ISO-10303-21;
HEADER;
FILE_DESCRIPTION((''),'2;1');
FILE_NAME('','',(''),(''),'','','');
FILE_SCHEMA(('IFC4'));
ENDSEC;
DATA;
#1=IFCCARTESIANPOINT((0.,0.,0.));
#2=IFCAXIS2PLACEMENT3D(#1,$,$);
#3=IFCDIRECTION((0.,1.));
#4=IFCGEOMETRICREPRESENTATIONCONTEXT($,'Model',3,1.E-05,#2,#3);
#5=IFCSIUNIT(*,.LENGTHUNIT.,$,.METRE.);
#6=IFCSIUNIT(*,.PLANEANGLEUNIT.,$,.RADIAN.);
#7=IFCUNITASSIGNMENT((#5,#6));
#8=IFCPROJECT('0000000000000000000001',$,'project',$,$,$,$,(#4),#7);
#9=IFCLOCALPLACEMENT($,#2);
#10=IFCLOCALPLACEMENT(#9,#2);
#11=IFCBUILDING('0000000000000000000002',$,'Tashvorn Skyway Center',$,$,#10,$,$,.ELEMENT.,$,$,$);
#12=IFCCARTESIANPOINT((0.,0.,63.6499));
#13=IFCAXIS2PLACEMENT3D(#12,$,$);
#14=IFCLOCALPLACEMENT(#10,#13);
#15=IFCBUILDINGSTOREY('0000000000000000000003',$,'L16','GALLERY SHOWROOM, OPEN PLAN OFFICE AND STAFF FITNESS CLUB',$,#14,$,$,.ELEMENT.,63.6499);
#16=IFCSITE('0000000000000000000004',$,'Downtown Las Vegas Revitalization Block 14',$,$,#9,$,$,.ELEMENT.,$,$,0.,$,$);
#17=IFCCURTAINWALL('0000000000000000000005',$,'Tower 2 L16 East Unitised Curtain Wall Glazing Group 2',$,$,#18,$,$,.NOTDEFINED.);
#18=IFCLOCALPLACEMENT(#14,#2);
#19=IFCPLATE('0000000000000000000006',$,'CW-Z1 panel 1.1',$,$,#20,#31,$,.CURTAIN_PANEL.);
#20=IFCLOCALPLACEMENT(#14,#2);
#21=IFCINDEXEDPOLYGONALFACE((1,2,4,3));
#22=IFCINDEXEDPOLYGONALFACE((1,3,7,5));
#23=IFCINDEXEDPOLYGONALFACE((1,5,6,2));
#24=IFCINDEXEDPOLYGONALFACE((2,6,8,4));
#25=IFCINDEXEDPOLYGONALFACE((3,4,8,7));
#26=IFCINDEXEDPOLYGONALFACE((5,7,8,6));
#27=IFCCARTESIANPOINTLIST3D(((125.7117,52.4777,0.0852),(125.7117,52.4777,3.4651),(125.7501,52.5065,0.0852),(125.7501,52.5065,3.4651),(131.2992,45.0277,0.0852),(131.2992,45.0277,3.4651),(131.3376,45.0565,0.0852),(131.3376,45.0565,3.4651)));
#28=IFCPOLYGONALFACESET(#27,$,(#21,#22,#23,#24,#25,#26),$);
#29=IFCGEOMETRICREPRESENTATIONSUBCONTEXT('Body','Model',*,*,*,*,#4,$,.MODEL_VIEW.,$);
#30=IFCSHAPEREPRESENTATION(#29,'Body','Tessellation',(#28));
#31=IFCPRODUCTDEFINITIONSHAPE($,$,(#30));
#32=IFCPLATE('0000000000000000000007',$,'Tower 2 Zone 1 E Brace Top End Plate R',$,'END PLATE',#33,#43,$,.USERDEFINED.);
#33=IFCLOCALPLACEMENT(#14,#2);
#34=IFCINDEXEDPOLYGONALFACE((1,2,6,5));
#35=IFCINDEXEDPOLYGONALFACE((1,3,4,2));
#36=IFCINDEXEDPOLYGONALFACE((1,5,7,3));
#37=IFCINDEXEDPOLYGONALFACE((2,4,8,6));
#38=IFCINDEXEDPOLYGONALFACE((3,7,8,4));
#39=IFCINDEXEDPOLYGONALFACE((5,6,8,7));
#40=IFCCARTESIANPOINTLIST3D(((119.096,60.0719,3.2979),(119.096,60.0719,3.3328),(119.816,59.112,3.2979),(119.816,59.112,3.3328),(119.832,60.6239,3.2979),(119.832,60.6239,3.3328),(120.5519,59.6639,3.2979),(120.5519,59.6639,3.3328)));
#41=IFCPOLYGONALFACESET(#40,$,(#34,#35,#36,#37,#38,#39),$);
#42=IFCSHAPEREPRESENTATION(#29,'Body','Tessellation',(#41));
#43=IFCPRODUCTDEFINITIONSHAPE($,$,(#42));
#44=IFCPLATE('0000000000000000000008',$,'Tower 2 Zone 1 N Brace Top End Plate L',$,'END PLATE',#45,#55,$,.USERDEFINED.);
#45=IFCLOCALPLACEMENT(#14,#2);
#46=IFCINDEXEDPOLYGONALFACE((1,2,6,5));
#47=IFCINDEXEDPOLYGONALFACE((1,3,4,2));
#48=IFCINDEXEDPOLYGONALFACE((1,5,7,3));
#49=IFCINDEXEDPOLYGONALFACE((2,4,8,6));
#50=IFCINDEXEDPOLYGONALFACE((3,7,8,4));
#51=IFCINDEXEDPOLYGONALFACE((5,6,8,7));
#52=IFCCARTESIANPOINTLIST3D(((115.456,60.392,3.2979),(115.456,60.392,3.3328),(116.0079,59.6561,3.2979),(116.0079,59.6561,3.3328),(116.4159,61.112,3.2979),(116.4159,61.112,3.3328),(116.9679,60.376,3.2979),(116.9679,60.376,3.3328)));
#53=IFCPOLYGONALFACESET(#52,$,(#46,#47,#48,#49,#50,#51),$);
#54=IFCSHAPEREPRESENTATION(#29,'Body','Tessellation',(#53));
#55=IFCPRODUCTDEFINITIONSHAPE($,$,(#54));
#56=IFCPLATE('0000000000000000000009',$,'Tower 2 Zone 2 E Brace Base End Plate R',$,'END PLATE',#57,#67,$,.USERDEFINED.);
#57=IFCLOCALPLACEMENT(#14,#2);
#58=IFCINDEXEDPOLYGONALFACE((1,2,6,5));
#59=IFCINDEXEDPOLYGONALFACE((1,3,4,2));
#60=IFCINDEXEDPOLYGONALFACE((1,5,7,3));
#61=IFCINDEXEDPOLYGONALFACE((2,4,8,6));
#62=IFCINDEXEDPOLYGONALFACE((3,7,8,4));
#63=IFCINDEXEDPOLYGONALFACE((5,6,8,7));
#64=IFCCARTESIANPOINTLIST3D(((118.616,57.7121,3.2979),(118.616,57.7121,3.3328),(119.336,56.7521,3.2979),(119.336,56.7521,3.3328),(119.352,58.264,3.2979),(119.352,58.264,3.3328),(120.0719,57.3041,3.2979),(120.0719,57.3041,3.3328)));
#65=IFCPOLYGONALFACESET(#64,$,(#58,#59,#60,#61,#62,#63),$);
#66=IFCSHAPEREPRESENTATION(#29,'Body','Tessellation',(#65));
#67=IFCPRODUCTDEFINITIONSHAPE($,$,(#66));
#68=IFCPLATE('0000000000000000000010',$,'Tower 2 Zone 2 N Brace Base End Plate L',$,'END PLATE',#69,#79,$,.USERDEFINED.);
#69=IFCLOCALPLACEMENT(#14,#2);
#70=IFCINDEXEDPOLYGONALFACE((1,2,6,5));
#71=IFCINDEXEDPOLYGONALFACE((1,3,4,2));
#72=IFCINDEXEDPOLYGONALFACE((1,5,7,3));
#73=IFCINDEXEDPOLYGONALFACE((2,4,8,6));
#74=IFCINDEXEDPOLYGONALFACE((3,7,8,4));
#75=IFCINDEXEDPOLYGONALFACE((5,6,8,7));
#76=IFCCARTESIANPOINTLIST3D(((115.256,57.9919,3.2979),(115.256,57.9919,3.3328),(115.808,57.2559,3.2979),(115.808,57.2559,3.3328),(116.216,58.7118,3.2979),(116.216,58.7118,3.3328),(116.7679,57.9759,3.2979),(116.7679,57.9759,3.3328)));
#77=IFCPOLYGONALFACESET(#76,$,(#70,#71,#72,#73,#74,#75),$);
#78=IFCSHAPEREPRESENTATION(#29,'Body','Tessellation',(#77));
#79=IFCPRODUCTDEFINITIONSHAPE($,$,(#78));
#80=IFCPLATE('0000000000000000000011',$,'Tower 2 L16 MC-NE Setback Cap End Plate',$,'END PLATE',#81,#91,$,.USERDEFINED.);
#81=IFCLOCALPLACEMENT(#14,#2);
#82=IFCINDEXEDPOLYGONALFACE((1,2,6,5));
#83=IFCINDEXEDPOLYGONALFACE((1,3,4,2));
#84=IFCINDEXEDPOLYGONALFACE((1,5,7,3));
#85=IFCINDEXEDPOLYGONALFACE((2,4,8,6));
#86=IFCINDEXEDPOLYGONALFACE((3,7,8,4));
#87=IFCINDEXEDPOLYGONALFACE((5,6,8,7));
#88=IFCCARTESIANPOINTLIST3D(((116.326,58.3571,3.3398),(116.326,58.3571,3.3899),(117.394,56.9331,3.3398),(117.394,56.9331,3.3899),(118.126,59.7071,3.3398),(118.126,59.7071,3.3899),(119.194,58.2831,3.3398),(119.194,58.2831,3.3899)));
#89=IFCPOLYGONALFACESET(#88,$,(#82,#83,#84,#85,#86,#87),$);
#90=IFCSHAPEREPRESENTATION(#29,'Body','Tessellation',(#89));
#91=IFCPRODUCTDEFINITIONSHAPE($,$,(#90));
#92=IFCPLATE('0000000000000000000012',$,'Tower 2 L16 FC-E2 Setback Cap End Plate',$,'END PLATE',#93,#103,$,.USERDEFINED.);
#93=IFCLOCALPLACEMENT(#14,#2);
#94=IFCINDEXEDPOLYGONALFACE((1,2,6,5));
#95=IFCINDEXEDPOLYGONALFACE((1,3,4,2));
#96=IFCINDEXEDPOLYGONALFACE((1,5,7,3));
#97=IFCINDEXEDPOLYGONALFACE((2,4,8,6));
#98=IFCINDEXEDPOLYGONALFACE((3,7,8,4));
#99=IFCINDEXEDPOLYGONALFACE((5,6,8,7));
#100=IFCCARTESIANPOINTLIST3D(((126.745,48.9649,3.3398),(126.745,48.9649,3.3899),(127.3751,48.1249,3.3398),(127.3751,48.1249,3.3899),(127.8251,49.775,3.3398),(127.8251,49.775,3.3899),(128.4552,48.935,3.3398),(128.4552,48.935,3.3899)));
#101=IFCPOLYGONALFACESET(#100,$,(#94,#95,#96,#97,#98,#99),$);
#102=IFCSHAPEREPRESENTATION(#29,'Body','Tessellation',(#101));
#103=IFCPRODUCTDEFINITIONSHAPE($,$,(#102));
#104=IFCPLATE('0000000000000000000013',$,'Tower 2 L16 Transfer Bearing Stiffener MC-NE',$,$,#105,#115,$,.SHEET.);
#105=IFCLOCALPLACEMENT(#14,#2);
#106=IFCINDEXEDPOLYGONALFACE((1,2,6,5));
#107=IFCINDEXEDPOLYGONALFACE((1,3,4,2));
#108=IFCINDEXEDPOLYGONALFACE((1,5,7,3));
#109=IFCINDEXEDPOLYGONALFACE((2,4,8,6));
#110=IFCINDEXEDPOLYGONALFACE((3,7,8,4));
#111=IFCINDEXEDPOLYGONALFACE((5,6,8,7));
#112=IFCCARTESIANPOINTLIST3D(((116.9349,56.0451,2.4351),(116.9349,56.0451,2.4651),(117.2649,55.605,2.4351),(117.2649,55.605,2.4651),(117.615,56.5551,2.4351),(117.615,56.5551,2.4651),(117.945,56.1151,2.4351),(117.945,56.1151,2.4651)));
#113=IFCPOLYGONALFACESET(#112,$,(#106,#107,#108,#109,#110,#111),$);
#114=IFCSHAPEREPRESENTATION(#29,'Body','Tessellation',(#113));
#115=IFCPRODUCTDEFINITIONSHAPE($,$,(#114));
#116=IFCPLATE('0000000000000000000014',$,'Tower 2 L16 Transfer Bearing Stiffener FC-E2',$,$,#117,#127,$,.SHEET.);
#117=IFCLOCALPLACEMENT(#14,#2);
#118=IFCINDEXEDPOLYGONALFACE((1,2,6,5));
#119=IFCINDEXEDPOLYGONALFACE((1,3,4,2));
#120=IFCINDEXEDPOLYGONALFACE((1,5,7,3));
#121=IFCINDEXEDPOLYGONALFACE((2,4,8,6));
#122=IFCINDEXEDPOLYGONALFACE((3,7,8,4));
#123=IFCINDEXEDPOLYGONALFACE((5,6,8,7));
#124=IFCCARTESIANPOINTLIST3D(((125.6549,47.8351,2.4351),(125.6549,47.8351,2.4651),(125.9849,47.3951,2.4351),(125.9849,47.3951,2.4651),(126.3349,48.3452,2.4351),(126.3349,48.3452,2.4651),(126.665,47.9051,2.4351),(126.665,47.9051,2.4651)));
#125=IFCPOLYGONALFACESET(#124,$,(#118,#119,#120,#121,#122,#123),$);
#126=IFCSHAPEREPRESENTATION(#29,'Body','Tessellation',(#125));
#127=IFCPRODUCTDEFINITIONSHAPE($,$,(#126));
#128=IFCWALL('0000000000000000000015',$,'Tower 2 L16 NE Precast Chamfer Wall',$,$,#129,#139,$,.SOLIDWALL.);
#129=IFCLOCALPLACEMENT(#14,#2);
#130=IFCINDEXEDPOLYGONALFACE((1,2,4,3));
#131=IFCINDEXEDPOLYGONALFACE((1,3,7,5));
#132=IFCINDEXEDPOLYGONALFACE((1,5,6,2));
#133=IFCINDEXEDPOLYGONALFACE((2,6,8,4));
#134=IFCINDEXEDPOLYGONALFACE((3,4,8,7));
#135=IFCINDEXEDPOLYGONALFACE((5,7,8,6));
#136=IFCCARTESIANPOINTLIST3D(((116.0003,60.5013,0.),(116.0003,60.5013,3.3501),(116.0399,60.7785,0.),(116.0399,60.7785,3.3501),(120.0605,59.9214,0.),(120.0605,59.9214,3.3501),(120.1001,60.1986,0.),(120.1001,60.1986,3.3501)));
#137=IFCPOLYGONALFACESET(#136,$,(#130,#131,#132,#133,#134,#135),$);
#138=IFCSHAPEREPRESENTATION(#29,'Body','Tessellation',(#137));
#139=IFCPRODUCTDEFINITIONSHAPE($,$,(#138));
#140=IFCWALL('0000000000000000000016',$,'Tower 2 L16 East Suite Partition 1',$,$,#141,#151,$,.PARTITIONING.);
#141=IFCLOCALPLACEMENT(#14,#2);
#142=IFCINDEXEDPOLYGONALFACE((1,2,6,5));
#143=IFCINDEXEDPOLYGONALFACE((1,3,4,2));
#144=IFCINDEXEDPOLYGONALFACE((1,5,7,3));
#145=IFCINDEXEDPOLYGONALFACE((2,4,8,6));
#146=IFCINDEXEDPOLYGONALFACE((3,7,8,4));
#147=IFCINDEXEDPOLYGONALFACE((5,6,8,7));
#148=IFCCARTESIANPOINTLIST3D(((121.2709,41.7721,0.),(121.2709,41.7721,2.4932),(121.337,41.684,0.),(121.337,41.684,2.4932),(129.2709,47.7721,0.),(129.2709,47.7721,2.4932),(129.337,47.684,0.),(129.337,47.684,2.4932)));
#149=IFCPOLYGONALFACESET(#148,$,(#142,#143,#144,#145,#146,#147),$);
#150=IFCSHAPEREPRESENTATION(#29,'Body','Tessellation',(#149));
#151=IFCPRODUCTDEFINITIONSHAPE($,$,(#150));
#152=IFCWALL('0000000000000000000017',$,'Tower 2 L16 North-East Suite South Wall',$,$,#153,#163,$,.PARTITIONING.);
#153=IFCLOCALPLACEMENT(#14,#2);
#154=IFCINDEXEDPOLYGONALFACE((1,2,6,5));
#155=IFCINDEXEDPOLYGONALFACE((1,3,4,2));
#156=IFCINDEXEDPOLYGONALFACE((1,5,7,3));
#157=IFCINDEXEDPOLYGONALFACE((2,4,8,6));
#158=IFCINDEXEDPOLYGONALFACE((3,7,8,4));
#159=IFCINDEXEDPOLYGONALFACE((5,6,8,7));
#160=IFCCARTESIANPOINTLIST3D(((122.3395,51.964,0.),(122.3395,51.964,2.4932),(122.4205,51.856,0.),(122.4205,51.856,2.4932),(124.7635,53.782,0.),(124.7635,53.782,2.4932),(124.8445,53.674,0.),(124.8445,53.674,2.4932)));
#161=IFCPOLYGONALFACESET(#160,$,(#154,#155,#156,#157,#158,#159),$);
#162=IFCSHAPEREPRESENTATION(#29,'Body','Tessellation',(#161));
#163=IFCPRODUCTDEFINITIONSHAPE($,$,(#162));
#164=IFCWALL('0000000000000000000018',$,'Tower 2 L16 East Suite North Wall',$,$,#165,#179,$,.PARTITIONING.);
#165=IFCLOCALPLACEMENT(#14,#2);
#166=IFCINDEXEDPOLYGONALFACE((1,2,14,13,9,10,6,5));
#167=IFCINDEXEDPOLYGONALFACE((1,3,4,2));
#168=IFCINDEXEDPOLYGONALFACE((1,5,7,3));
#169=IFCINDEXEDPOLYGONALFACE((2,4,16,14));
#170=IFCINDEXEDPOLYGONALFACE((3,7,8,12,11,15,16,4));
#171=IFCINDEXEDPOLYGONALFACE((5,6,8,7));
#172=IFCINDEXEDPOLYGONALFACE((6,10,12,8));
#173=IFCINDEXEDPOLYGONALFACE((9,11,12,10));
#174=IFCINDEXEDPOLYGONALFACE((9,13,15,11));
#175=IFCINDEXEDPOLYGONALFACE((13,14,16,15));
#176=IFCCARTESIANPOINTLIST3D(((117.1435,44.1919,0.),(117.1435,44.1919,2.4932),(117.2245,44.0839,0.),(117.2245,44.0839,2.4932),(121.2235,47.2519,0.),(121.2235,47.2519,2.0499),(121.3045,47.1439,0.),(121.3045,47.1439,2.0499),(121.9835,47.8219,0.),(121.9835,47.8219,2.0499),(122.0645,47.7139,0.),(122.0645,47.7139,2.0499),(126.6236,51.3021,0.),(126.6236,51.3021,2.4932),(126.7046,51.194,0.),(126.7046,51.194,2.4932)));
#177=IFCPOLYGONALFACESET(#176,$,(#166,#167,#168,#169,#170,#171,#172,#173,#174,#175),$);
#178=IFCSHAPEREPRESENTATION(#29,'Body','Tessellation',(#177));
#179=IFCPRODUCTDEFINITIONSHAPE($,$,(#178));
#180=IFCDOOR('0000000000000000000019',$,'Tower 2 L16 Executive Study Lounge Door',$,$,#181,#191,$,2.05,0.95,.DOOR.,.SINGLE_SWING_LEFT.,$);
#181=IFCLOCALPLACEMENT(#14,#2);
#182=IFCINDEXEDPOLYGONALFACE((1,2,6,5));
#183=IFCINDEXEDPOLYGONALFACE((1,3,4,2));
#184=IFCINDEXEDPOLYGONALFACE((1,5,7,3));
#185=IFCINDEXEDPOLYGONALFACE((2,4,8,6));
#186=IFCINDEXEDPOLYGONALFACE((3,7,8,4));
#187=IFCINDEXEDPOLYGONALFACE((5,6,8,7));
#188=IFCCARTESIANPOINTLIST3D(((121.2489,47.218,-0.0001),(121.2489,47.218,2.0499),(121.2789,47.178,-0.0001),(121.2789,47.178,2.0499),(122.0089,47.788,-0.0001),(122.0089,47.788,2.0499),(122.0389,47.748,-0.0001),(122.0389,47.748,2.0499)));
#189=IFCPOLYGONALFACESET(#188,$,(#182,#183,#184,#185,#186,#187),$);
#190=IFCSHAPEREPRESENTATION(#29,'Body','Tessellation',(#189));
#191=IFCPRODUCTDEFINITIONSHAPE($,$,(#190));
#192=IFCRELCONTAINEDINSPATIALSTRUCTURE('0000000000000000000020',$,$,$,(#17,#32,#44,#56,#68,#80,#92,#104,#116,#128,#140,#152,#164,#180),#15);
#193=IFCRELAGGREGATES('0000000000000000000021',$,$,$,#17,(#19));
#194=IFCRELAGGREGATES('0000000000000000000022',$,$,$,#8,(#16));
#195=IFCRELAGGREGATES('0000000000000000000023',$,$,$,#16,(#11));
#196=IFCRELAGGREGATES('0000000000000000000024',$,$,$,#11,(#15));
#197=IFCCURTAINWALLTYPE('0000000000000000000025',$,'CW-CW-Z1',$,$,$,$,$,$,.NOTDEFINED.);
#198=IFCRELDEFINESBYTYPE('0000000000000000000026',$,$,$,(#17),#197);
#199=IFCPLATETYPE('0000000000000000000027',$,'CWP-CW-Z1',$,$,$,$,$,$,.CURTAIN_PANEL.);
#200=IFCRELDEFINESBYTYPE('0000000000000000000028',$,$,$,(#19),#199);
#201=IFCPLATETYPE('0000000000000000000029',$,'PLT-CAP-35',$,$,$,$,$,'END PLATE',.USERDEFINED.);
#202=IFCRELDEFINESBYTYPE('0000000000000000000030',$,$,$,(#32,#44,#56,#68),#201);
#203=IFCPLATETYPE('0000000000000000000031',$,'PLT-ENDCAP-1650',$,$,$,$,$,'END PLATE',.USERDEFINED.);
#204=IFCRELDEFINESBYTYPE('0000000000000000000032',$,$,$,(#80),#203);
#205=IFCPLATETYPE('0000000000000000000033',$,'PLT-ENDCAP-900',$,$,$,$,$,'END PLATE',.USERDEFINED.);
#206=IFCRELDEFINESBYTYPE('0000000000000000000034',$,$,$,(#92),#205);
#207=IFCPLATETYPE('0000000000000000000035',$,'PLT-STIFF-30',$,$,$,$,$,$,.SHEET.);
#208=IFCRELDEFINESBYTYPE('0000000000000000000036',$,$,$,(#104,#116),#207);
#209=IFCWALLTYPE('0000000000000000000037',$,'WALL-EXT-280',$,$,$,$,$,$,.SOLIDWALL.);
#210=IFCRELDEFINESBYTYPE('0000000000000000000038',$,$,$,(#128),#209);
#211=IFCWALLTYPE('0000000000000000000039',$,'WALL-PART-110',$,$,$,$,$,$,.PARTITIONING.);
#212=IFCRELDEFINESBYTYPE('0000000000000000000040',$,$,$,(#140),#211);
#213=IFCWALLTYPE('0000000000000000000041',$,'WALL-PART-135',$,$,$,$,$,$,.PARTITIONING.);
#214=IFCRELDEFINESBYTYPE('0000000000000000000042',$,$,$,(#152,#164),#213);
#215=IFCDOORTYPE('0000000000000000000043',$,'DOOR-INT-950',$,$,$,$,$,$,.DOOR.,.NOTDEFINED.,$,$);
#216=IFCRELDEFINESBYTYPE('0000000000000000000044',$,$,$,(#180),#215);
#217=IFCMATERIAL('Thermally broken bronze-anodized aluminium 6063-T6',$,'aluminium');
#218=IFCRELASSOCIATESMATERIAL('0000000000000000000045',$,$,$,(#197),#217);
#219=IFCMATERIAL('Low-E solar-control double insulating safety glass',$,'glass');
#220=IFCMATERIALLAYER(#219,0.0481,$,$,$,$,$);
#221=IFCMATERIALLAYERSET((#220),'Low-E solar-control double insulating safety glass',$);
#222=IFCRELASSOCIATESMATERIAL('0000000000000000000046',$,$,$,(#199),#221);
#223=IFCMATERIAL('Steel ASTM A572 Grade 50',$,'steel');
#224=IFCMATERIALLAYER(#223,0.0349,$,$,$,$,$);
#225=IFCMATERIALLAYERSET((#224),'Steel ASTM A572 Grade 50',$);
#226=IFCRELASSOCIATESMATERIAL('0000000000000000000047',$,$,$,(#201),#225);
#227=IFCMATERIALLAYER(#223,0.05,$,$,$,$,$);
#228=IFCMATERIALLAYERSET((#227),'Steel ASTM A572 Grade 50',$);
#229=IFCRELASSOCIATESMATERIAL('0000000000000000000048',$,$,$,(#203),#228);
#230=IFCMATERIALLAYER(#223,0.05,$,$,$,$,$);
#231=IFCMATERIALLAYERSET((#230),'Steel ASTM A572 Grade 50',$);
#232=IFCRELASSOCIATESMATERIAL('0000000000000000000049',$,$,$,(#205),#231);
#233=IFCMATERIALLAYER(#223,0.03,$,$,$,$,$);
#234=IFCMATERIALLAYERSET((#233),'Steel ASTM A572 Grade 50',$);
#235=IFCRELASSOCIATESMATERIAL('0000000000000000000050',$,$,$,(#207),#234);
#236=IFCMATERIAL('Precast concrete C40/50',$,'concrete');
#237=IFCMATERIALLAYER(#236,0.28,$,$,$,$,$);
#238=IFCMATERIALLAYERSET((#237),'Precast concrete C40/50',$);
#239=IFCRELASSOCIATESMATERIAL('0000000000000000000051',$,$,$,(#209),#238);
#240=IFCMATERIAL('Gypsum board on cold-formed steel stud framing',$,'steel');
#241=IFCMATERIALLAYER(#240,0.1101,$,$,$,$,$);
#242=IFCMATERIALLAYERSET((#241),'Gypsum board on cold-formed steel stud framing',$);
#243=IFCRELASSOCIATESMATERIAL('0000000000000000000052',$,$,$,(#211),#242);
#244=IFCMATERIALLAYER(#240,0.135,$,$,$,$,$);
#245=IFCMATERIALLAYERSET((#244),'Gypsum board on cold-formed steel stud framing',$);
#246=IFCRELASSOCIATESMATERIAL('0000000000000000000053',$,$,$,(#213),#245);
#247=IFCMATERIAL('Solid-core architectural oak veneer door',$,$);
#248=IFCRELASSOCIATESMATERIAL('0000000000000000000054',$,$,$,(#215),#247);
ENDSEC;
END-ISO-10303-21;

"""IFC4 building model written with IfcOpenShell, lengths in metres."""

from ifc_helpers import new_model, si_unit, direction, frame, frame_2d, origin, origin_2d, place, context, subcontext, project, spatial, rectangle, extrude, material, layer, layer_set, type_object, element, fill, aggregate, save


model = new_model("IFC4")

# Units and contexts
model_context = context("Model", 3, precision=1e-05, world=origin(), true_north=direction((0.0, 1.0)))
body_context = subcontext(model_context, "Body", "Model", "MODEL_VIEW")
ifc_project = project(units=[si_unit("LENGTHUNIT", "METRE"), si_unit("PLANEANGLEUNIT", "RADIAN")], contexts=[model_context])

# Site, building, storey
site_placement = place(None, origin())
site = spatial("IfcSite", under=ifc_project, at=site_placement, Name="Downtown Las Vegas Revitalization Block 14", CompositionType="ELEMENT", RefElevation=0.0)
building_placement = place(site_placement, origin())
building = spatial("IfcBuilding", under=site, at=building_placement, Name="Tashvorn Skyway Center", CompositionType="ELEMENT")
storey_placement = place(building_placement, frame((0.0, 0.0, 63.6499)))
storey = spatial("IfcBuildingStorey", under=building, at=storey_placement, Name="L16", Description="GALLERY SHOWROOM, OPEN PLAN OFFICE AND STAFF FITNESS CLUB", CompositionType="ELEMENT", Elevation=63.6499)

# Shared definitions
ifc_material_1 = material(Name="Steel ASTM A572 Grade 50", Category="steel")

# Curtain wall
ifc_material_2 = material(Name="Thermally broken bronze-anodized aluminium 6063-T6", Category="aluminium")
curtain_wall_type = type_object("IfcCurtainWallType", Name="CW-CW-Z1", PredefinedType="NOTDEFINED", material=ifc_material_2)
curtain_wall_1_placement = place(storey_placement, origin())
curtain_wall_1 = element("IfcCurtainWall", 1, at=curtain_wall_1_placement, inside=storey, type_object=curtain_wall_type, Name="Tower 2 L16 East Unitised Curtain Wall Glazing Group 2", PredefinedType="NOTDEFINED")

# Plate
ifc_material_3 = material(Name="Low-E solar-control double insulating safety glass", Category="glass")
ifc_layer_1 = layer(ifc_material_3, 0.0481)
ifc_layer_set_1 = layer_set([ifc_layer_1], Name="Low-E solar-control double insulating safety glass")
plate_type_1 = type_object("IfcPlateType", Name="CWP-CW-Z1", PredefinedType="CURTAIN_PANEL", material=ifc_layer_set_1)
plate_1_placement = place(storey_placement, frame((128.5247, 48.7671, 0.0852), z_axis=(0.0, 0.0, 1.0), x_axis=(0.6, -0.8, 0.0)))
plate_1 = element("IfcPlate", 2, at=plate_1_placement, type_object=plate_type_1, Name="CW-Z1 panel 1.1", PredefinedType="CURTAIN_PANEL", context=body_context, shape_type="SweptSolid", body=[
    extrude(rectangle(XDim=9.3125, YDim=0.0481, at=origin_2d()), origin(), (0.0, 0.0, 1.0), 3.3799),
])
aggregate(curtain_wall_1, [plate_1])

# Plates
ifc_layer_2 = layer(ifc_material_1, 0.0349)
ifc_layer_set_2 = layer_set([ifc_layer_2], Name="Steel ASTM A572 Grade 50")
plate_type_2 = type_object("IfcPlateType", Name="PLT-CAP-35", ElementType="END PLATE", PredefinedType="USERDEFINED", material=ifc_layer_set_2)
for number, where, z_axis, x_axis, name in (
    (3, (119.824, 59.8679, 3.2979), (0.0, 0.0, 1.0), (-0.6, 0.8, 0.0), "Tower 2 Zone 1 E Brace Top End Plate R"),
    (4, (116.2119, 60.384, 3.2979), (0.0, 0.0, 1.0), (-0.8, -0.6, 0.0), "Tower 2 Zone 1 N Brace Top End Plate L"),
    (5, (119.344, 57.5081, 3.2979), (0.0, 0.0, 1.0), (-0.6, 0.8, 0.0), "Tower 2 Zone 2 E Brace Base End Plate R"),
    (6, (116.012, 57.9839, 3.2979), (0.0, 0.0, 1.0), (-0.8, -0.6, 0.0), "Tower 2 Zone 2 N Brace Base End Plate L"),
):
    element("IfcPlate", number, at=place(storey_placement, frame(where, z_axis=z_axis, x_axis=x_axis)), inside=storey, type_object=plate_type_2, Name=name, ObjectType="END PLATE", PredefinedType="USERDEFINED", context=body_context, shape_type="SweptSolid", body=[
        extrude(rectangle(XDim=1.2, YDim=0.9199, at=origin_2d()), origin(), (0.0, 0.0, 1.0), 0.0349),
    ])
ifc_layer_3 = layer(ifc_material_1, 0.05)
ifc_layer_set_3 = layer_set([ifc_layer_3], Name="Steel ASTM A572 Grade 50")
plate_type_3 = type_object("IfcPlateType", Name="PLT-ENDCAP-1650", ElementType="END PLATE", PredefinedType="USERDEFINED", material=ifc_layer_set_3)
plate_2_placement = place(storey_placement, frame((117.76, 58.3201, 3.3398), z_axis=(0.0, 0.0, 1.0), x_axis=(0.8, 0.6, 0.0)))
element("IfcPlate", 7, at=plate_2_placement, inside=storey, type_object=plate_type_3, Name="Tower 2 L16 MC-NE Setback Cap End Plate", ObjectType="END PLATE", PredefinedType="USERDEFINED", context=body_context, shape_type="SweptSolid", body=[
    extrude(rectangle(XDim=2.25, YDim=1.78, at=origin_2d()), origin(), (0.0, 0.0, 1.0), 0.05),
])
ifc_layer_4 = layer(ifc_material_1, 0.05)
ifc_layer_set_4 = layer_set([ifc_layer_4], Name="Steel ASTM A572 Grade 50")
plate_type_4 = type_object("IfcPlateType", Name="PLT-ENDCAP-900", ElementType="END PLATE", PredefinedType="USERDEFINED", material=ifc_layer_set_4)
plate_3_placement = place(storey_placement, frame((127.6001, 48.95, 3.3398), z_axis=(0.0, 0.0, 1.0), x_axis=(0.8, 0.6, 0.0)))
element("IfcPlate", 8, at=plate_3_placement, inside=storey, type_object=plate_type_4, Name="Tower 2 L16 FC-E2 Setback Cap End Plate", ObjectType="END PLATE", PredefinedType="USERDEFINED", context=body_context, shape_type="SweptSolid", body=[
    extrude(rectangle(XDim=1.3501, YDim=1.05, at=origin_2d()), origin(), (0.0, 0.0, 1.0), 0.05),
])
ifc_layer_5 = layer(ifc_material_1, 0.03)
ifc_layer_set_5 = layer_set([ifc_layer_5], Name="Steel ASTM A572 Grade 50")
plate_type_5 = type_object("IfcPlateType", Name="PLT-STIFF-30", PredefinedType="SHEET", material=ifc_layer_set_5)
for number, where, z_axis, x_axis, name in (
    (9, (117.4399, 56.0801, 2.4351), (0.0, 0.0, 1.0), (0.8, 0.6, 0.0), "Tower 2 L16 Transfer Bearing Stiffener MC-NE"),
    (10, (126.1599, 47.8701, 2.4351), (0.0, 0.0, 1.0), (0.8, 0.6, 0.0), "Tower 2 L16 Transfer Bearing Stiffener FC-E2"),
):
    element("IfcPlate", number, at=place(storey_placement, frame(where, z_axis=z_axis, x_axis=x_axis)), inside=storey, type_object=plate_type_5, Name=name, PredefinedType="SHEET", context=body_context, shape_type="SweptSolid", body=[
        extrude(rectangle(XDim=0.8501, YDim=0.55, at=origin_2d()), origin(), (0.0, 0.0, 1.0), 0.03),
    ])

# Walls
ifc_material_4 = material(Name="Precast concrete C40/50", Category="concrete")
ifc_layer_6 = layer(ifc_material_4, 0.28)
ifc_layer_set_6 = layer_set([ifc_layer_6], Name="Precast concrete C40/50")
wall_type_1 = type_object("IfcWallType", Name="WALL-EXT-280", PredefinedType="SOLIDWALL", material=ifc_layer_set_6)
wall_1_placement = place(storey_placement, frame((116.02, 60.6399, 0.0), z_axis=(0.0, 0.0, 1.0), x_axis=(0.989955, -0.14138, 0.0)))
element("IfcWall", 11, at=wall_1_placement, inside=storey, type_object=wall_type_1, Name="Tower 2 L16 NE Precast Chamfer Wall", PredefinedType="SOLIDWALL", context=body_context, shape_type="SweptSolid", body=[
    extrude(rectangle(XDim=4.1013, YDim=0.28, at=frame_2d((2.0508, 0.0))), origin(), (0.0, 0.0, 1.0), 3.3501),
])
ifc_material_5 = material(Name="Gypsum board on cold-formed steel stud framing", Category="steel")
ifc_layer_7 = layer(ifc_material_5, 0.1101)
ifc_layer_set_7 = layer_set([ifc_layer_7], Name="Gypsum board on cold-formed steel stud framing")
wall_type_2 = type_object("IfcWallType", Name="WALL-PART-110", PredefinedType="PARTITIONING", material=ifc_layer_set_7)
wall_2_placement = place(storey_placement, frame((129.304, 47.728, 0.0), z_axis=(0.0, 0.0, 1.0), x_axis=(-0.8, -0.6, 0.0)))
element("IfcWall", 12, at=wall_2_placement, inside=storey, type_object=wall_type_2, Name="Tower 2 L16 East Suite Partition 1", PredefinedType="PARTITIONING", context=body_context, shape_type="SweptSolid", body=[
    extrude(rectangle(XDim=10.0, YDim=0.1101, at=frame_2d((5.0, 0.0))), origin(), (0.0, 0.0, 1.0), 2.4932),
])
ifc_layer_8 = layer(ifc_material_5, 0.135)
ifc_layer_set_8 = layer_set([ifc_layer_8], Name="Gypsum board on cold-formed steel stud framing")
wall_type_3 = type_object("IfcWallType", Name="WALL-PART-135", PredefinedType="PARTITIONING", material=ifc_layer_set_8)
wall_3_placement = place(storey_placement, frame((122.3799, 51.9099, 0.0), z_axis=(0.0, 0.0, 1.0), x_axis=(0.79999, 0.600013, 0.0)))
element("IfcWall", 13, at=wall_3_placement, inside=storey, type_object=wall_type_3, Name="Tower 2 L16 North-East Suite South Wall", PredefinedType="PARTITIONING", context=body_context, shape_type="SweptSolid", body=[
    extrude(rectangle(XDim=3.03, YDim=0.135, at=frame_2d((1.5151, 0.0))), origin(), (0.0, 0.0, 1.0), 2.4932),
])

# Wall, opening, door
wall_4_placement = place(storey_placement, frame((126.6641, 51.248, 0.0), z_axis=(0.0, 0.0, 1.0), x_axis=(-0.799995, -0.600007, 0.0)))
wall_4 = element("IfcWall", 14, at=wall_4_placement, inside=storey, type_object=wall_type_3, Name="Tower 2 L16 East Suite North Wall", PredefinedType="PARTITIONING", context=body_context, shape_type="SweptSolid", body=[
    extrude(rectangle(XDim=11.8501, YDim=0.135, at=frame_2d((5.925, 0.0))), origin(), (0.0, 0.0, 1.0), 2.4932),
])
opening_placement = place(wall_4_placement, frame((5.8, 0.0, 0.0)))
opening = element("IfcOpeningElement", 15, at=opening_placement, cuts=wall_4, PredefinedType="OPENING", context=body_context, shape_type="SweptSolid", body=[
    extrude(rectangle(XDim=0.95, YDim=2.05, at=frame_2d((0.4751, 1.0249))), frame((0.0, 0.0774, 0.0), z_axis=(0.0, -1.0, 0.0), x_axis=(1.0, 0.0, 0.0)), (0.0, 0.0, 1.0), 0.155),
])
ifc_material_6 = material(Name="Solid-core architectural oak veneer door")
door_type = type_object("IfcDoorType", Name="DOOR-INT-950", OperationType="NOTDEFINED", PredefinedType="DOOR", material=ifc_material_6)
door_placement = place(opening_placement, origin())
door = element("IfcDoor", 16, at=door_placement, inside=storey, type_object=door_type, Name="Tower 2 L16 Executive Study Lounge Door", OperationType="SINGLE_SWING_LEFT", OverallHeight=2.05, OverallWidth=0.95, PredefinedType="DOOR", context=body_context, shape_type="SweptSolid", body=[
    extrude(rectangle(XDim=0.95, YDim=2.05, at=frame_2d((0.4751, 1.0249))), frame((0.0, 0.0249, 0.0), z_axis=(0.0, -1.0, 0.0), x_axis=(1.0, 0.0, 0.0)), (0.0, 0.0, 1.0), 0.05),
])
fill(opening, door)

save(model, "model.ifc")
